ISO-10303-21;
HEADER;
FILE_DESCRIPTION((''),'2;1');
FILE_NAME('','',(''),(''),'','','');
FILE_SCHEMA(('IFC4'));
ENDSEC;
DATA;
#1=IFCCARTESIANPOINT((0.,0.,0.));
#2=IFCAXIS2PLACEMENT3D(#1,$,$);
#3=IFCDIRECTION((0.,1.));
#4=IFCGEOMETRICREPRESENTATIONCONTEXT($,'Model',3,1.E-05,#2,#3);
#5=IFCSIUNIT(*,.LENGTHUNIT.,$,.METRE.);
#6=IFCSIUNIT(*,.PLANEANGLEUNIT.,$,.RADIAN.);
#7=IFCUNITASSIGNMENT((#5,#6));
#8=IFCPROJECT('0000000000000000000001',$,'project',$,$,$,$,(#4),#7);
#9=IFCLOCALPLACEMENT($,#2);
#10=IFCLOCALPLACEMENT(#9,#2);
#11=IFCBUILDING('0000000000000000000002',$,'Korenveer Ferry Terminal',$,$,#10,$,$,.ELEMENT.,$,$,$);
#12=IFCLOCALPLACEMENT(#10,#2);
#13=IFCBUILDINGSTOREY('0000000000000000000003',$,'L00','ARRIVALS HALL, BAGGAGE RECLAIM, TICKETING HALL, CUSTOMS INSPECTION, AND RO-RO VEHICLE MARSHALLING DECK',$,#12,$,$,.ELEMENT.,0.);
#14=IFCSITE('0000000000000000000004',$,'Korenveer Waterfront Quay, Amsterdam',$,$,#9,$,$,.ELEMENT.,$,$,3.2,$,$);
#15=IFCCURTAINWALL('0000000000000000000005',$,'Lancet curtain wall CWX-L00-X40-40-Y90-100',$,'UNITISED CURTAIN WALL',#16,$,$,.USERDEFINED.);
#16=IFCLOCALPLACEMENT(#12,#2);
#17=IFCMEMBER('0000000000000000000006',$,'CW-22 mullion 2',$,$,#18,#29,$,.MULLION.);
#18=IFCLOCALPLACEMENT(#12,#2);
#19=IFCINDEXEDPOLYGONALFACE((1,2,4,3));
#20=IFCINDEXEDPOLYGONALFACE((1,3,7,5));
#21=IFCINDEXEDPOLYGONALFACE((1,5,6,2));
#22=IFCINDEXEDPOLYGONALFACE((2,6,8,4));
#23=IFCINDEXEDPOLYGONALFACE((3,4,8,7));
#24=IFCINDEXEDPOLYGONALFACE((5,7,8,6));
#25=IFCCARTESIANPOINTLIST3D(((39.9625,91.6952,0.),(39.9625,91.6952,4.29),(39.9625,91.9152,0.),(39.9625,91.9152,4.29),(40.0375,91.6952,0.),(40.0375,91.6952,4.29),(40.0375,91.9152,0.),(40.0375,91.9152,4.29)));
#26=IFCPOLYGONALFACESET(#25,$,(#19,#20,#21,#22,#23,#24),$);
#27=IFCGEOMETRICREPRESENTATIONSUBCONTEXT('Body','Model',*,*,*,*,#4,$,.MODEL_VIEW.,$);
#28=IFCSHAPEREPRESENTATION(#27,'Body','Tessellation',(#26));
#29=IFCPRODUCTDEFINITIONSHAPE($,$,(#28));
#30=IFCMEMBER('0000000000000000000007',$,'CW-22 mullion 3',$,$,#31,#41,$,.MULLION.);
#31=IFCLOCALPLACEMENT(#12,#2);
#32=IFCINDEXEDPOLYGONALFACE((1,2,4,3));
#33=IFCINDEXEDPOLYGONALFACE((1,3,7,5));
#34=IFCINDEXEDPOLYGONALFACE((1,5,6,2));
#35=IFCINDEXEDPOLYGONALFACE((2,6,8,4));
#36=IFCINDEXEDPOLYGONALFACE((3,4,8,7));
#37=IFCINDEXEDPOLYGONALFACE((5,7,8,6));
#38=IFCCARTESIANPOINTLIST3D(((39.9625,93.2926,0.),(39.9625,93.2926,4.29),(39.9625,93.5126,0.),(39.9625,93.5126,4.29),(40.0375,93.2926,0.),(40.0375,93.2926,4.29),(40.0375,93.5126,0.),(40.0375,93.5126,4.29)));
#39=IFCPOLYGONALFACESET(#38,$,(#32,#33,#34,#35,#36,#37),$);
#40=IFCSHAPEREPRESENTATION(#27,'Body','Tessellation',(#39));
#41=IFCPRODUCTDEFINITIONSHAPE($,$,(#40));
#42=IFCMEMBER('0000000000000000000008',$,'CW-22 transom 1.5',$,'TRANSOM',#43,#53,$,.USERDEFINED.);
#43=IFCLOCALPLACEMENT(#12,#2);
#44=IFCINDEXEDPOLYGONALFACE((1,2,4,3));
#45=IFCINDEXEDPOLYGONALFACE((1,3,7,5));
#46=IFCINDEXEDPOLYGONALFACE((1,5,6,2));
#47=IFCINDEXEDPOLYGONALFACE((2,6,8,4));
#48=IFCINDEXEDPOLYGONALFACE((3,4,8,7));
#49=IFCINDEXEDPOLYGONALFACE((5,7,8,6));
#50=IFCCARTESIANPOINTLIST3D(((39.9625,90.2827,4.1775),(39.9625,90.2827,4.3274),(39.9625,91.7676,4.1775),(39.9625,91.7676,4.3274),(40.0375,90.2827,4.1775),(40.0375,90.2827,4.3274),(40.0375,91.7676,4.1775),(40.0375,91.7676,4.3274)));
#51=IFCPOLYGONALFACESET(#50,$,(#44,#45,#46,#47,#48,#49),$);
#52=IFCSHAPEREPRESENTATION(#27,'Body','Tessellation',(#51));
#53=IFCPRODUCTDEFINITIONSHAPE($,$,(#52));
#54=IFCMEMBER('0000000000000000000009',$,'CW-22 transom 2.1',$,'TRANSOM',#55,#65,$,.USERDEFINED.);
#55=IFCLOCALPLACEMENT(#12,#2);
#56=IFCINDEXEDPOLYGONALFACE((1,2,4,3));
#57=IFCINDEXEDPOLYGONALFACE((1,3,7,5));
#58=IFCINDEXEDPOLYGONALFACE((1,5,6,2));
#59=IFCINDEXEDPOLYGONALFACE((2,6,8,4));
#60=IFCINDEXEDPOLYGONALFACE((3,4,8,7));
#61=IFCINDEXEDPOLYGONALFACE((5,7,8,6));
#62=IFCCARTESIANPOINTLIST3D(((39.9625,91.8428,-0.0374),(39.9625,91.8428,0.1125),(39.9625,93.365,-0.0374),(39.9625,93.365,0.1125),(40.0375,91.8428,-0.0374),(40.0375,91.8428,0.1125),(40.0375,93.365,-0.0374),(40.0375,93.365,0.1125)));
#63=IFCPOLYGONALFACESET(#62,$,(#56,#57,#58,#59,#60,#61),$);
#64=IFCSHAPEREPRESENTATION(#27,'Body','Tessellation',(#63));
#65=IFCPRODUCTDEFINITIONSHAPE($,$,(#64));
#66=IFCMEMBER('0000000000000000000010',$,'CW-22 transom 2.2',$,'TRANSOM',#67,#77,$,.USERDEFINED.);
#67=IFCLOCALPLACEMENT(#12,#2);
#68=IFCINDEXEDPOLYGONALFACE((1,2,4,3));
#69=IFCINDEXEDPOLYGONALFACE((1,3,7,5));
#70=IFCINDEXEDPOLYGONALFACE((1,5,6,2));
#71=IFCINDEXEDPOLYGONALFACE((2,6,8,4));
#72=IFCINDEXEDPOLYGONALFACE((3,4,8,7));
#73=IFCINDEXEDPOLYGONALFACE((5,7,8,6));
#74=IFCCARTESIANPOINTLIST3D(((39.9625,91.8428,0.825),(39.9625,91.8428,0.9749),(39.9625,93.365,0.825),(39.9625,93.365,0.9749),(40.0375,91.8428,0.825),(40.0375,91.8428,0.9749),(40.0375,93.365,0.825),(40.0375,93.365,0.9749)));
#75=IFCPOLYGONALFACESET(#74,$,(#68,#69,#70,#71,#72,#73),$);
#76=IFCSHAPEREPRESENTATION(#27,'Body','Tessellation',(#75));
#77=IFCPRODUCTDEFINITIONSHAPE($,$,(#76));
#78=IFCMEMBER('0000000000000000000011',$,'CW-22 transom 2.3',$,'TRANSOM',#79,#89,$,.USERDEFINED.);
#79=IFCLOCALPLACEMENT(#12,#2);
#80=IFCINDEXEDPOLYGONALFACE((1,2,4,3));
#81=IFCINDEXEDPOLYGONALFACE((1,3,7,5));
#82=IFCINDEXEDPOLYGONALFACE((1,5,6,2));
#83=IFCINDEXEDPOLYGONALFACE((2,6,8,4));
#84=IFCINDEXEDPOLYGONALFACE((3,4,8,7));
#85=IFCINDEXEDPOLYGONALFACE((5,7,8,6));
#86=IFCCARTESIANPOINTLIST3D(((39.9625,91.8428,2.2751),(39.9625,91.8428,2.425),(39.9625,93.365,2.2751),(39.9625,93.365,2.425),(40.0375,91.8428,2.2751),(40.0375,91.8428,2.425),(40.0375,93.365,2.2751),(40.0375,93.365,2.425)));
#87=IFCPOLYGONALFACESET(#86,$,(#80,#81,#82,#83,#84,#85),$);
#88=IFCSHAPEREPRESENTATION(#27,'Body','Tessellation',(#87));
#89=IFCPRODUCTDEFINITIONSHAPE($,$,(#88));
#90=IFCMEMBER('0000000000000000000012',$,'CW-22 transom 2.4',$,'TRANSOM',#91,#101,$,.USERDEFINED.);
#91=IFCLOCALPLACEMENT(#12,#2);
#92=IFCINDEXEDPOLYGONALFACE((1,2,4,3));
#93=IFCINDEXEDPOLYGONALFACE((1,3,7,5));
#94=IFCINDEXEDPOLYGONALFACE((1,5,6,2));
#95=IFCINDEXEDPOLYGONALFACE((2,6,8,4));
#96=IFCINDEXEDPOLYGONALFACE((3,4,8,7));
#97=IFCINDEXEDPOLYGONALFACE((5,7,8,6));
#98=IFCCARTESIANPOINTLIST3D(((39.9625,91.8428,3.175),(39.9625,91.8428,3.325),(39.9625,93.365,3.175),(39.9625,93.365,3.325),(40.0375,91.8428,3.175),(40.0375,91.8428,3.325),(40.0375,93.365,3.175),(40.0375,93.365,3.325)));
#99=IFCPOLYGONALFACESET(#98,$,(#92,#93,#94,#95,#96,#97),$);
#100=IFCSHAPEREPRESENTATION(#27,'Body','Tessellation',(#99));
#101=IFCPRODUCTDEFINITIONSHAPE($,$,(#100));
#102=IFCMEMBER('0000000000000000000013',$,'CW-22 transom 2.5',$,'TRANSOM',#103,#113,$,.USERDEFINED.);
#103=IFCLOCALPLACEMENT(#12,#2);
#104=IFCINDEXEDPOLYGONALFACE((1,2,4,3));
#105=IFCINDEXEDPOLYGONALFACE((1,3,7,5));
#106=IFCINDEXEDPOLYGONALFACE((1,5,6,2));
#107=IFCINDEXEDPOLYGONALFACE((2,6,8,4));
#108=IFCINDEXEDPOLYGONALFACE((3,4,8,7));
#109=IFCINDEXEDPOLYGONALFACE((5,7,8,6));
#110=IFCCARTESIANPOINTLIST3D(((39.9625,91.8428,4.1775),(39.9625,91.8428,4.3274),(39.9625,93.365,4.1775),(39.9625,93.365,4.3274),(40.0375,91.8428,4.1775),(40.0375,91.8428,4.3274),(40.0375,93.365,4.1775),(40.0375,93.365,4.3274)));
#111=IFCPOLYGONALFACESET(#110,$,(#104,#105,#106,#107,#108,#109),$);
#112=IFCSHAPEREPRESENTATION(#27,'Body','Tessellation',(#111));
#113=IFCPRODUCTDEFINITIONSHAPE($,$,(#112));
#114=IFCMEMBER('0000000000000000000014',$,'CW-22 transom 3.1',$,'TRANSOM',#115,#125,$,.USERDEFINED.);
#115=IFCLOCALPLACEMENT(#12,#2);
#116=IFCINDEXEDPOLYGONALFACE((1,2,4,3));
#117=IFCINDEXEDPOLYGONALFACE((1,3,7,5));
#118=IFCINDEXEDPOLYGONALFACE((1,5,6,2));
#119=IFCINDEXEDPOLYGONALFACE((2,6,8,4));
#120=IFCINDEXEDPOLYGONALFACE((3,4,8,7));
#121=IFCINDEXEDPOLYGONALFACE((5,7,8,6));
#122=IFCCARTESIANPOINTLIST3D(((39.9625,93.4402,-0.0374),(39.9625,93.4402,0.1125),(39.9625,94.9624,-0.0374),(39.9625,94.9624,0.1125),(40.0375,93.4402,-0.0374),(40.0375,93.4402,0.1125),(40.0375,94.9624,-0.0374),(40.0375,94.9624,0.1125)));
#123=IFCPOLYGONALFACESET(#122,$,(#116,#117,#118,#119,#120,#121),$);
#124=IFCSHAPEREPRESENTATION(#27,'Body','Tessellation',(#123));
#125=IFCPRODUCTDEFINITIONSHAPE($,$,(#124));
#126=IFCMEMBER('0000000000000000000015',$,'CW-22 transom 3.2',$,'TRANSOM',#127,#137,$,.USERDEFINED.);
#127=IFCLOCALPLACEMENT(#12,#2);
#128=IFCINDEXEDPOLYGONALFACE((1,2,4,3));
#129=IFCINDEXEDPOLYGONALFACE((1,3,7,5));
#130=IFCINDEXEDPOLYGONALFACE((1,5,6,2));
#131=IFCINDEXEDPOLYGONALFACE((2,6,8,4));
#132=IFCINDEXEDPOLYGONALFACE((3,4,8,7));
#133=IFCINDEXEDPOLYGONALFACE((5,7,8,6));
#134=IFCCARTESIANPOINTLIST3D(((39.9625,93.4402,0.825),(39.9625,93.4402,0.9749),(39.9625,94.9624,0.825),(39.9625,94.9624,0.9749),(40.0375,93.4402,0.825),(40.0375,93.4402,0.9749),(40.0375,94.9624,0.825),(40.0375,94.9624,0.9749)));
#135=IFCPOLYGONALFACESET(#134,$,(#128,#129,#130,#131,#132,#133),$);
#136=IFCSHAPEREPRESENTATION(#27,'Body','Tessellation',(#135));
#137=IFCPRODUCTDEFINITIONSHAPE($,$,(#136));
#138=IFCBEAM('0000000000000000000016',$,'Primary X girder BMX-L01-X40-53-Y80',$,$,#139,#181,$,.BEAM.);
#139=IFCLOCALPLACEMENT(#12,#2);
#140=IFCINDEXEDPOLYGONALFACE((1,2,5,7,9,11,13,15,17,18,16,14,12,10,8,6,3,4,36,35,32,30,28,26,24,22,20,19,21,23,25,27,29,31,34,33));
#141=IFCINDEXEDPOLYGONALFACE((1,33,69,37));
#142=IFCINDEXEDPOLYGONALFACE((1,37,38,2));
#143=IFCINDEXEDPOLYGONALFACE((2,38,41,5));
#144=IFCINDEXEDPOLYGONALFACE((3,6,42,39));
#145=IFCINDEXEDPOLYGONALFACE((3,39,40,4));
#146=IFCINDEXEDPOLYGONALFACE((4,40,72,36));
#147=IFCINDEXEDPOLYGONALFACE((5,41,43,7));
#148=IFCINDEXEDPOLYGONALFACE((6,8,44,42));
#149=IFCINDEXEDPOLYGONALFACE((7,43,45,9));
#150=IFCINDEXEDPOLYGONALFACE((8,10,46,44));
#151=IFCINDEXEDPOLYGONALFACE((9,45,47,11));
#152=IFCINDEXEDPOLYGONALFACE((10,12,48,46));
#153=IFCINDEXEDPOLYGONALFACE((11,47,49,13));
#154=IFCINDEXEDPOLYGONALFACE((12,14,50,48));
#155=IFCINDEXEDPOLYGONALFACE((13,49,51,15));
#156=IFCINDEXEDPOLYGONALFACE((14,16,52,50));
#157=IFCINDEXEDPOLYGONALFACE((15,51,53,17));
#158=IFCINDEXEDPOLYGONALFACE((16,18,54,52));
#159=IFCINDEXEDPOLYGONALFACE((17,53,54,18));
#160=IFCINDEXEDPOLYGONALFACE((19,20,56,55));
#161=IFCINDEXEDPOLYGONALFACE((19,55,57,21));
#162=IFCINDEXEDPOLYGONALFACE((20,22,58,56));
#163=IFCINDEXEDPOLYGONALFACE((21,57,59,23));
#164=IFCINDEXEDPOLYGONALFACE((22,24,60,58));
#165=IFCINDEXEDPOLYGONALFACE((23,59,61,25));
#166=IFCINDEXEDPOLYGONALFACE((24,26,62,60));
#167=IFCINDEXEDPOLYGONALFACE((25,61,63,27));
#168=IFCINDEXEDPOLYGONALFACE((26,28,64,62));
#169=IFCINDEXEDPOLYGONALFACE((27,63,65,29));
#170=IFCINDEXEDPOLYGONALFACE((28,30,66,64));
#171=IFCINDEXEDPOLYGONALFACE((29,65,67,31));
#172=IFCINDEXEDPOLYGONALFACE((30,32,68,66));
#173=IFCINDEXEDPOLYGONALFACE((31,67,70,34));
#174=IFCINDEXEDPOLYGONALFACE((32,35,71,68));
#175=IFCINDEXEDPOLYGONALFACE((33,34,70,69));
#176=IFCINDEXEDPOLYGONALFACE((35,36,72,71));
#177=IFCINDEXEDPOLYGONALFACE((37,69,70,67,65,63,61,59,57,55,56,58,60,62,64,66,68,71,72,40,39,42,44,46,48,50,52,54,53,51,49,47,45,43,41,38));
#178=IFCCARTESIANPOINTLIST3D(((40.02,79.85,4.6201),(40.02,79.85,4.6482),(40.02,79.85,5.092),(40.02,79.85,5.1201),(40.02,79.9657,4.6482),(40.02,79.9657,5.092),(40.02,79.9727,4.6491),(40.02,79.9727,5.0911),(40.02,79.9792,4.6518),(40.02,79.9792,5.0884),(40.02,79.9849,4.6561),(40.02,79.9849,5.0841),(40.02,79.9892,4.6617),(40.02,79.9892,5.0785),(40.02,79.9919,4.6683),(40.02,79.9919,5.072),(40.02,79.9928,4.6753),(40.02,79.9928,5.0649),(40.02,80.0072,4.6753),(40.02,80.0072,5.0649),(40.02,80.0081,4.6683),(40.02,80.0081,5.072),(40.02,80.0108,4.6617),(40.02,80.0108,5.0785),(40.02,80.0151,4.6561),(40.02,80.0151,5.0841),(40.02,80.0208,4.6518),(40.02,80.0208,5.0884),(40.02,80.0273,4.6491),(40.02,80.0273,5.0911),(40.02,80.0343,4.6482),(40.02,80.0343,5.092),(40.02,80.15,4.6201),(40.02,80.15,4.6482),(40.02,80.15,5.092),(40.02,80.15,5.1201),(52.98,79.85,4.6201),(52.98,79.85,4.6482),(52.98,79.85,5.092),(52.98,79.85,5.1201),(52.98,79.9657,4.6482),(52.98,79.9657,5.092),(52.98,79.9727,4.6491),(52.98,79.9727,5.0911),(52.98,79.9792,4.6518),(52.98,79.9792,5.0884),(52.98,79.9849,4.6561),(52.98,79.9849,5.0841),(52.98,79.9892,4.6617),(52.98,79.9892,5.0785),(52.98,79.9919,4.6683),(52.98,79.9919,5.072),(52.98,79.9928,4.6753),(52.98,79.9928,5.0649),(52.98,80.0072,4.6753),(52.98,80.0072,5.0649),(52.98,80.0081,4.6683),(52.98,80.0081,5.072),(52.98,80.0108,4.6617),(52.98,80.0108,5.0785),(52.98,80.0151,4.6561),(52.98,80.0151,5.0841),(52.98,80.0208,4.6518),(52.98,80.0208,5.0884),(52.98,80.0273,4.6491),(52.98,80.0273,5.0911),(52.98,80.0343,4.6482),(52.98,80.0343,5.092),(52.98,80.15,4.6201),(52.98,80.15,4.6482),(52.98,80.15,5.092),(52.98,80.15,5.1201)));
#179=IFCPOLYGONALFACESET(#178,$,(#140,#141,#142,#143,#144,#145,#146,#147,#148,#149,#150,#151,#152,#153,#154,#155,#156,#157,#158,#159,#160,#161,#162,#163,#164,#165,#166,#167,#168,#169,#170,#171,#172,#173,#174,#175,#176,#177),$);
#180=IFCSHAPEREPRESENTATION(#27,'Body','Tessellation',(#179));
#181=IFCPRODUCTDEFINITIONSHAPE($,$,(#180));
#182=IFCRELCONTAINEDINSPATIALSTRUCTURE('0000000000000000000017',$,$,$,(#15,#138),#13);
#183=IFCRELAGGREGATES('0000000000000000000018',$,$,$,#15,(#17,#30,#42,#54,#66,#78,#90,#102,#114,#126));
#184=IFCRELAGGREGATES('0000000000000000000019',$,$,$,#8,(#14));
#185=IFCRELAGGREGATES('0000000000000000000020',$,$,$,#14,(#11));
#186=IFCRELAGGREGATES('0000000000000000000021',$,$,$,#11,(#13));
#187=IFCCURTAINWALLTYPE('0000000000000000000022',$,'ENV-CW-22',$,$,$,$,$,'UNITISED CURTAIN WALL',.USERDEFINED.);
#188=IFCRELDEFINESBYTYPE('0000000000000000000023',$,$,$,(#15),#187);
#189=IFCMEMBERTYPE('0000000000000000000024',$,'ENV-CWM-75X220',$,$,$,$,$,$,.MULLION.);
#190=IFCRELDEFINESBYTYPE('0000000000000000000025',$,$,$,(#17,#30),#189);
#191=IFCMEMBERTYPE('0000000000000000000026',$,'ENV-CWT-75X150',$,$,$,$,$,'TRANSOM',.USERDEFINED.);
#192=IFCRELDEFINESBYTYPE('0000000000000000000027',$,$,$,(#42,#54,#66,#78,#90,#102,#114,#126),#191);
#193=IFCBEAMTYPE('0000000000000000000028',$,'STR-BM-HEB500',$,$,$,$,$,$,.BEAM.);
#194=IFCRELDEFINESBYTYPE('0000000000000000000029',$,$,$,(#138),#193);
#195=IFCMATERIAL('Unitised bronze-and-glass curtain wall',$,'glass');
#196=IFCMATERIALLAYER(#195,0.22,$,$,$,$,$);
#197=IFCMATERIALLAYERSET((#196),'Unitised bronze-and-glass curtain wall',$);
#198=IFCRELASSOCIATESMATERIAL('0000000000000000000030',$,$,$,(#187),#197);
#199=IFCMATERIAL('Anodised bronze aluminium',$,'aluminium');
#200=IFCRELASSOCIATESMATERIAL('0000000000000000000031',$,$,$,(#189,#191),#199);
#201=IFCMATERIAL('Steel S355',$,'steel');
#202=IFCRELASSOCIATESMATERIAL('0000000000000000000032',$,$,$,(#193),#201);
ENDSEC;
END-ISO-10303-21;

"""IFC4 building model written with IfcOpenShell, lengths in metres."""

from ifc_helpers import new_model, si_unit, direction, frame, origin, origin_2d, place, context, subcontext, project, spatial, rectangle, i_section, extrude, material, layer, layer_set, material_profile, profile_set, type_object, element, aggregate, save


model = new_model("IFC4")

# Units and contexts
model_context = context("Model", 3, precision=1e-05, world=origin(), true_north=direction((0.0, 1.0)))
body_context = subcontext(model_context, "Body", "Model", "MODEL_VIEW")
ifc_project = project(units=[si_unit("LENGTHUNIT", "METRE"), si_unit("PLANEANGLEUNIT", "RADIAN")], contexts=[model_context])

# Site, building, storey
site_placement = place(None, origin())
site = spatial("IfcSite", under=ifc_project, at=site_placement, Name="Korenveer Waterfront Quay, Amsterdam", CompositionType="ELEMENT", RefElevation=3.2)
building_placement = place(site_placement, origin())
building = spatial("IfcBuilding", under=site, at=building_placement, Name="Korenveer Ferry Terminal", CompositionType="ELEMENT")
storey_placement = place(building_placement, origin())
storey = spatial("IfcBuildingStorey", under=building, at=storey_placement, Name="L00", Description="ARRIVALS HALL, BAGGAGE RECLAIM, TICKETING HALL, CUSTOMS INSPECTION, AND RO-RO VEHICLE MARSHALLING DECK", CompositionType="ELEMENT", Elevation=0.0)

# Curtain wall, members
ifc_material_1 = material(Name="Unitised bronze-and-glass curtain wall", Category="glass")
ifc_layer_1 = layer(ifc_material_1, 0.22)
ifc_layer_set_1 = layer_set([ifc_layer_1], Name="Unitised bronze-and-glass curtain wall")
curtain_wall_type = type_object("IfcCurtainWallType", Name="ENV-CW-22", ElementType="UNITISED CURTAIN WALL", PredefinedType="USERDEFINED", material=ifc_layer_set_1)
curtain_wall_placement = place(storey_placement, frame((40.0, 90.2078, 0.0)))
curtain_wall = element("IfcCurtainWall", 1, at=curtain_wall_placement, inside=storey, type_object=curtain_wall_type, Name="Lancet curtain wall CWX-L00-X40-40-Y90-100", ObjectType="UNITISED CURTAIN WALL", PredefinedType="USERDEFINED")
ifc_material_2 = material(Name="Anodised bronze aluminium", Category="aluminium")
ifc_material_profile_1 = material_profile(ifc_material_2, rectangle(XDim=0.075, YDim=0.22, at=origin_2d()), Name="ALU 75x220")
ifc_profile_set_1 = profile_set([ifc_material_profile_1], Name="Anodised bronze aluminium")
member_type_1 = type_object("IfcMemberType", Name="ENV-CWM-75X220", PredefinedType="MULLION", material=ifc_profile_set_1)
member_1_placement = place(storey_placement, frame((40.0, 91.8052, 0.0), z_axis=(0.0, 0.0, 1.0), x_axis=(-1.0, 0.0, 0.0)))
member_1 = element("IfcMember", 2, at=member_1_placement, type_object=member_type_1, Name="CW-22 mullion 2", PredefinedType="MULLION", context=body_context, shape_type="SweptSolid", body=[
    extrude(rectangle(XDim=0.075, YDim=0.22, at=origin_2d()), origin(), (0.0, 0.0, 1.0), 4.29),
])
member_2_placement = place(storey_placement, frame((40.0, 93.4026, 0.0), z_axis=(0.0, 0.0, 1.0), x_axis=(-1.0, 0.0, 0.0)))
member_2 = element("IfcMember", 3, at=member_2_placement, type_object=member_type_1, Name="CW-22 mullion 3", PredefinedType="MULLION", context=body_context, shape_type="SweptSolid", body=[
    extrude(rectangle(XDim=0.075, YDim=0.22, at=origin_2d()), origin(), (0.0, 0.0, 1.0), 4.29),
])
ifc_material_profile_2 = material_profile(ifc_material_2, rectangle(XDim=0.075, YDim=0.1499, at=origin_2d()), Name="ALU 75x150")
ifc_profile_set_2 = profile_set([ifc_material_profile_2], Name="Anodised bronze aluminium")
member_type_2 = type_object("IfcMemberType", Name="ENV-CWT-75X150", ElementType="TRANSOM", PredefinedType="USERDEFINED", material=ifc_profile_set_2)
member_3_placement = place(storey_placement, frame((40.0, 90.2827, 4.2524), z_axis=(0.0, 1.0, 0.0), x_axis=(-1.0, 0.0, 0.0)))
member_3 = element("IfcMember", 4, at=member_3_placement, type_object=member_type_2, Name="CW-22 transom 1.5", ObjectType="TRANSOM", PredefinedType="USERDEFINED", context=body_context, shape_type="SweptSolid", body=[
    extrude(rectangle(XDim=0.075, YDim=0.1499, at=origin_2d()), origin(), (0.0, 0.0, 1.0), 1.4849),
])
member_4_placement = place(storey_placement, frame((40.0, 91.8428, 0.0376), z_axis=(0.0, 1.0, 0.0), x_axis=(-1.0, 0.0, 0.0)))
member_4 = element("IfcMember", 5, at=member_4_placement, type_object=member_type_2, Name="CW-22 transom 2.1", ObjectType="TRANSOM", PredefinedType="USERDEFINED", context=body_context, shape_type="SweptSolid", body=[
    extrude(rectangle(XDim=0.075, YDim=0.1499, at=origin_2d()), origin(), (0.0, 0.0, 1.0), 1.5222),
])
member_5_placement = place(storey_placement, frame((40.0, 91.8428, 0.8999), z_axis=(0.0, 1.0, 0.0), x_axis=(-1.0, 0.0, 0.0)))
member_5 = element("IfcMember", 6, at=member_5_placement, type_object=member_type_2, Name="CW-22 transom 2.2", ObjectType="TRANSOM", PredefinedType="USERDEFINED", context=body_context, shape_type="SweptSolid", body=[
    extrude(rectangle(XDim=0.075, YDim=0.1499, at=origin_2d()), origin(), (0.0, 0.0, 1.0), 1.5222),
])
member_6_placement = place(storey_placement, frame((40.0, 91.8428, 2.3501), z_axis=(0.0, 1.0, 0.0), x_axis=(-1.0, 0.0, 0.0)))
member_6 = element("IfcMember", 7, at=member_6_placement, type_object=member_type_2, Name="CW-22 transom 2.3", ObjectType="TRANSOM", PredefinedType="USERDEFINED", context=body_context, shape_type="SweptSolid", body=[
    extrude(rectangle(XDim=0.075, YDim=0.1499, at=origin_2d()), origin(), (0.0, 0.0, 1.0), 1.5222),
])
member_7_placement = place(storey_placement, frame((40.0, 91.8428, 3.25), z_axis=(0.0, 1.0, 0.0), x_axis=(-1.0, 0.0, 0.0)))
member_7 = element("IfcMember", 8, at=member_7_placement, type_object=member_type_2, Name="CW-22 transom 2.4", ObjectType="TRANSOM", PredefinedType="USERDEFINED", context=body_context, shape_type="SweptSolid", body=[
    extrude(rectangle(XDim=0.075, YDim=0.1499, at=origin_2d()), origin(), (0.0, 0.0, 1.0), 1.5222),
])
member_8_placement = place(storey_placement, frame((40.0, 91.8428, 4.2524), z_axis=(0.0, 1.0, 0.0), x_axis=(-1.0, 0.0, 0.0)))
member_8 = element("IfcMember", 9, at=member_8_placement, type_object=member_type_2, Name="CW-22 transom 2.5", ObjectType="TRANSOM", PredefinedType="USERDEFINED", context=body_context, shape_type="SweptSolid", body=[
    extrude(rectangle(XDim=0.075, YDim=0.1499, at=origin_2d()), origin(), (0.0, 0.0, 1.0), 1.5222),
])
member_9_placement = place(storey_placement, frame((40.0, 93.4402, 0.0376), z_axis=(0.0, 1.0, 0.0), x_axis=(-1.0, 0.0, 0.0)))
member_9 = element("IfcMember", 10, at=member_9_placement, type_object=member_type_2, Name="CW-22 transom 3.1", ObjectType="TRANSOM", PredefinedType="USERDEFINED", context=body_context, shape_type="SweptSolid", body=[
    extrude(rectangle(XDim=0.075, YDim=0.1499, at=origin_2d()), origin(), (0.0, 0.0, 1.0), 1.5222),
])
member_10_placement = place(storey_placement, frame((40.0, 93.4402, 0.8999), z_axis=(0.0, 1.0, 0.0), x_axis=(-1.0, 0.0, 0.0)))
member_10 = element("IfcMember", 11, at=member_10_placement, type_object=member_type_2, Name="CW-22 transom 3.2", ObjectType="TRANSOM", PredefinedType="USERDEFINED", context=body_context, shape_type="SweptSolid", body=[
    extrude(rectangle(XDim=0.075, YDim=0.1499, at=origin_2d()), origin(), (0.0, 0.0, 1.0), 1.5222),
])

# Beam
ifc_material_3 = material(Name="Steel S355", Category="steel")
ifc_material_profile_3 = material_profile(ifc_material_3, i_section(OverallWidth=0.3, OverallDepth=0.5, WebThickness=0.0144, FlangeThickness=0.0281, FilletRadius=0.0271, at=origin_2d()), Name="HEB 500")
ifc_profile_set_3 = profile_set([ifc_material_profile_3], Name="Steel S355")
beam_type = type_object("IfcBeamType", Name="STR-BM-HEB500", PredefinedType="BEAM", material=ifc_profile_set_3)
for number, where, z_axis, x_axis, name in (
    (12, (40.02, 80.0, 4.8701), (1.0, 0.0, 0.0), (0.0, 1.0, 0.0), "Primary X girder BMX-L01-X40-53-Y80"),
):
    element("IfcBeam", number, at=place(storey_placement, frame(where, z_axis=z_axis, x_axis=x_axis)), inside=storey, type_object=beam_type, Name=name, PredefinedType="BEAM", context=body_context, shape_type="SweptSolid", body=[
        extrude(i_section(OverallWidth=0.3, OverallDepth=0.5, WebThickness=0.0144, FlangeThickness=0.0281, FilletRadius=0.0271, at=origin_2d()), origin(), (0.0, 0.0, 1.0), 12.96),
    ])

aggregate(curtain_wall, [member_1, member_2, member_3, member_4, member_5, member_6, member_7, member_8, member_9, member_10])

save(model, "model.ifc")
